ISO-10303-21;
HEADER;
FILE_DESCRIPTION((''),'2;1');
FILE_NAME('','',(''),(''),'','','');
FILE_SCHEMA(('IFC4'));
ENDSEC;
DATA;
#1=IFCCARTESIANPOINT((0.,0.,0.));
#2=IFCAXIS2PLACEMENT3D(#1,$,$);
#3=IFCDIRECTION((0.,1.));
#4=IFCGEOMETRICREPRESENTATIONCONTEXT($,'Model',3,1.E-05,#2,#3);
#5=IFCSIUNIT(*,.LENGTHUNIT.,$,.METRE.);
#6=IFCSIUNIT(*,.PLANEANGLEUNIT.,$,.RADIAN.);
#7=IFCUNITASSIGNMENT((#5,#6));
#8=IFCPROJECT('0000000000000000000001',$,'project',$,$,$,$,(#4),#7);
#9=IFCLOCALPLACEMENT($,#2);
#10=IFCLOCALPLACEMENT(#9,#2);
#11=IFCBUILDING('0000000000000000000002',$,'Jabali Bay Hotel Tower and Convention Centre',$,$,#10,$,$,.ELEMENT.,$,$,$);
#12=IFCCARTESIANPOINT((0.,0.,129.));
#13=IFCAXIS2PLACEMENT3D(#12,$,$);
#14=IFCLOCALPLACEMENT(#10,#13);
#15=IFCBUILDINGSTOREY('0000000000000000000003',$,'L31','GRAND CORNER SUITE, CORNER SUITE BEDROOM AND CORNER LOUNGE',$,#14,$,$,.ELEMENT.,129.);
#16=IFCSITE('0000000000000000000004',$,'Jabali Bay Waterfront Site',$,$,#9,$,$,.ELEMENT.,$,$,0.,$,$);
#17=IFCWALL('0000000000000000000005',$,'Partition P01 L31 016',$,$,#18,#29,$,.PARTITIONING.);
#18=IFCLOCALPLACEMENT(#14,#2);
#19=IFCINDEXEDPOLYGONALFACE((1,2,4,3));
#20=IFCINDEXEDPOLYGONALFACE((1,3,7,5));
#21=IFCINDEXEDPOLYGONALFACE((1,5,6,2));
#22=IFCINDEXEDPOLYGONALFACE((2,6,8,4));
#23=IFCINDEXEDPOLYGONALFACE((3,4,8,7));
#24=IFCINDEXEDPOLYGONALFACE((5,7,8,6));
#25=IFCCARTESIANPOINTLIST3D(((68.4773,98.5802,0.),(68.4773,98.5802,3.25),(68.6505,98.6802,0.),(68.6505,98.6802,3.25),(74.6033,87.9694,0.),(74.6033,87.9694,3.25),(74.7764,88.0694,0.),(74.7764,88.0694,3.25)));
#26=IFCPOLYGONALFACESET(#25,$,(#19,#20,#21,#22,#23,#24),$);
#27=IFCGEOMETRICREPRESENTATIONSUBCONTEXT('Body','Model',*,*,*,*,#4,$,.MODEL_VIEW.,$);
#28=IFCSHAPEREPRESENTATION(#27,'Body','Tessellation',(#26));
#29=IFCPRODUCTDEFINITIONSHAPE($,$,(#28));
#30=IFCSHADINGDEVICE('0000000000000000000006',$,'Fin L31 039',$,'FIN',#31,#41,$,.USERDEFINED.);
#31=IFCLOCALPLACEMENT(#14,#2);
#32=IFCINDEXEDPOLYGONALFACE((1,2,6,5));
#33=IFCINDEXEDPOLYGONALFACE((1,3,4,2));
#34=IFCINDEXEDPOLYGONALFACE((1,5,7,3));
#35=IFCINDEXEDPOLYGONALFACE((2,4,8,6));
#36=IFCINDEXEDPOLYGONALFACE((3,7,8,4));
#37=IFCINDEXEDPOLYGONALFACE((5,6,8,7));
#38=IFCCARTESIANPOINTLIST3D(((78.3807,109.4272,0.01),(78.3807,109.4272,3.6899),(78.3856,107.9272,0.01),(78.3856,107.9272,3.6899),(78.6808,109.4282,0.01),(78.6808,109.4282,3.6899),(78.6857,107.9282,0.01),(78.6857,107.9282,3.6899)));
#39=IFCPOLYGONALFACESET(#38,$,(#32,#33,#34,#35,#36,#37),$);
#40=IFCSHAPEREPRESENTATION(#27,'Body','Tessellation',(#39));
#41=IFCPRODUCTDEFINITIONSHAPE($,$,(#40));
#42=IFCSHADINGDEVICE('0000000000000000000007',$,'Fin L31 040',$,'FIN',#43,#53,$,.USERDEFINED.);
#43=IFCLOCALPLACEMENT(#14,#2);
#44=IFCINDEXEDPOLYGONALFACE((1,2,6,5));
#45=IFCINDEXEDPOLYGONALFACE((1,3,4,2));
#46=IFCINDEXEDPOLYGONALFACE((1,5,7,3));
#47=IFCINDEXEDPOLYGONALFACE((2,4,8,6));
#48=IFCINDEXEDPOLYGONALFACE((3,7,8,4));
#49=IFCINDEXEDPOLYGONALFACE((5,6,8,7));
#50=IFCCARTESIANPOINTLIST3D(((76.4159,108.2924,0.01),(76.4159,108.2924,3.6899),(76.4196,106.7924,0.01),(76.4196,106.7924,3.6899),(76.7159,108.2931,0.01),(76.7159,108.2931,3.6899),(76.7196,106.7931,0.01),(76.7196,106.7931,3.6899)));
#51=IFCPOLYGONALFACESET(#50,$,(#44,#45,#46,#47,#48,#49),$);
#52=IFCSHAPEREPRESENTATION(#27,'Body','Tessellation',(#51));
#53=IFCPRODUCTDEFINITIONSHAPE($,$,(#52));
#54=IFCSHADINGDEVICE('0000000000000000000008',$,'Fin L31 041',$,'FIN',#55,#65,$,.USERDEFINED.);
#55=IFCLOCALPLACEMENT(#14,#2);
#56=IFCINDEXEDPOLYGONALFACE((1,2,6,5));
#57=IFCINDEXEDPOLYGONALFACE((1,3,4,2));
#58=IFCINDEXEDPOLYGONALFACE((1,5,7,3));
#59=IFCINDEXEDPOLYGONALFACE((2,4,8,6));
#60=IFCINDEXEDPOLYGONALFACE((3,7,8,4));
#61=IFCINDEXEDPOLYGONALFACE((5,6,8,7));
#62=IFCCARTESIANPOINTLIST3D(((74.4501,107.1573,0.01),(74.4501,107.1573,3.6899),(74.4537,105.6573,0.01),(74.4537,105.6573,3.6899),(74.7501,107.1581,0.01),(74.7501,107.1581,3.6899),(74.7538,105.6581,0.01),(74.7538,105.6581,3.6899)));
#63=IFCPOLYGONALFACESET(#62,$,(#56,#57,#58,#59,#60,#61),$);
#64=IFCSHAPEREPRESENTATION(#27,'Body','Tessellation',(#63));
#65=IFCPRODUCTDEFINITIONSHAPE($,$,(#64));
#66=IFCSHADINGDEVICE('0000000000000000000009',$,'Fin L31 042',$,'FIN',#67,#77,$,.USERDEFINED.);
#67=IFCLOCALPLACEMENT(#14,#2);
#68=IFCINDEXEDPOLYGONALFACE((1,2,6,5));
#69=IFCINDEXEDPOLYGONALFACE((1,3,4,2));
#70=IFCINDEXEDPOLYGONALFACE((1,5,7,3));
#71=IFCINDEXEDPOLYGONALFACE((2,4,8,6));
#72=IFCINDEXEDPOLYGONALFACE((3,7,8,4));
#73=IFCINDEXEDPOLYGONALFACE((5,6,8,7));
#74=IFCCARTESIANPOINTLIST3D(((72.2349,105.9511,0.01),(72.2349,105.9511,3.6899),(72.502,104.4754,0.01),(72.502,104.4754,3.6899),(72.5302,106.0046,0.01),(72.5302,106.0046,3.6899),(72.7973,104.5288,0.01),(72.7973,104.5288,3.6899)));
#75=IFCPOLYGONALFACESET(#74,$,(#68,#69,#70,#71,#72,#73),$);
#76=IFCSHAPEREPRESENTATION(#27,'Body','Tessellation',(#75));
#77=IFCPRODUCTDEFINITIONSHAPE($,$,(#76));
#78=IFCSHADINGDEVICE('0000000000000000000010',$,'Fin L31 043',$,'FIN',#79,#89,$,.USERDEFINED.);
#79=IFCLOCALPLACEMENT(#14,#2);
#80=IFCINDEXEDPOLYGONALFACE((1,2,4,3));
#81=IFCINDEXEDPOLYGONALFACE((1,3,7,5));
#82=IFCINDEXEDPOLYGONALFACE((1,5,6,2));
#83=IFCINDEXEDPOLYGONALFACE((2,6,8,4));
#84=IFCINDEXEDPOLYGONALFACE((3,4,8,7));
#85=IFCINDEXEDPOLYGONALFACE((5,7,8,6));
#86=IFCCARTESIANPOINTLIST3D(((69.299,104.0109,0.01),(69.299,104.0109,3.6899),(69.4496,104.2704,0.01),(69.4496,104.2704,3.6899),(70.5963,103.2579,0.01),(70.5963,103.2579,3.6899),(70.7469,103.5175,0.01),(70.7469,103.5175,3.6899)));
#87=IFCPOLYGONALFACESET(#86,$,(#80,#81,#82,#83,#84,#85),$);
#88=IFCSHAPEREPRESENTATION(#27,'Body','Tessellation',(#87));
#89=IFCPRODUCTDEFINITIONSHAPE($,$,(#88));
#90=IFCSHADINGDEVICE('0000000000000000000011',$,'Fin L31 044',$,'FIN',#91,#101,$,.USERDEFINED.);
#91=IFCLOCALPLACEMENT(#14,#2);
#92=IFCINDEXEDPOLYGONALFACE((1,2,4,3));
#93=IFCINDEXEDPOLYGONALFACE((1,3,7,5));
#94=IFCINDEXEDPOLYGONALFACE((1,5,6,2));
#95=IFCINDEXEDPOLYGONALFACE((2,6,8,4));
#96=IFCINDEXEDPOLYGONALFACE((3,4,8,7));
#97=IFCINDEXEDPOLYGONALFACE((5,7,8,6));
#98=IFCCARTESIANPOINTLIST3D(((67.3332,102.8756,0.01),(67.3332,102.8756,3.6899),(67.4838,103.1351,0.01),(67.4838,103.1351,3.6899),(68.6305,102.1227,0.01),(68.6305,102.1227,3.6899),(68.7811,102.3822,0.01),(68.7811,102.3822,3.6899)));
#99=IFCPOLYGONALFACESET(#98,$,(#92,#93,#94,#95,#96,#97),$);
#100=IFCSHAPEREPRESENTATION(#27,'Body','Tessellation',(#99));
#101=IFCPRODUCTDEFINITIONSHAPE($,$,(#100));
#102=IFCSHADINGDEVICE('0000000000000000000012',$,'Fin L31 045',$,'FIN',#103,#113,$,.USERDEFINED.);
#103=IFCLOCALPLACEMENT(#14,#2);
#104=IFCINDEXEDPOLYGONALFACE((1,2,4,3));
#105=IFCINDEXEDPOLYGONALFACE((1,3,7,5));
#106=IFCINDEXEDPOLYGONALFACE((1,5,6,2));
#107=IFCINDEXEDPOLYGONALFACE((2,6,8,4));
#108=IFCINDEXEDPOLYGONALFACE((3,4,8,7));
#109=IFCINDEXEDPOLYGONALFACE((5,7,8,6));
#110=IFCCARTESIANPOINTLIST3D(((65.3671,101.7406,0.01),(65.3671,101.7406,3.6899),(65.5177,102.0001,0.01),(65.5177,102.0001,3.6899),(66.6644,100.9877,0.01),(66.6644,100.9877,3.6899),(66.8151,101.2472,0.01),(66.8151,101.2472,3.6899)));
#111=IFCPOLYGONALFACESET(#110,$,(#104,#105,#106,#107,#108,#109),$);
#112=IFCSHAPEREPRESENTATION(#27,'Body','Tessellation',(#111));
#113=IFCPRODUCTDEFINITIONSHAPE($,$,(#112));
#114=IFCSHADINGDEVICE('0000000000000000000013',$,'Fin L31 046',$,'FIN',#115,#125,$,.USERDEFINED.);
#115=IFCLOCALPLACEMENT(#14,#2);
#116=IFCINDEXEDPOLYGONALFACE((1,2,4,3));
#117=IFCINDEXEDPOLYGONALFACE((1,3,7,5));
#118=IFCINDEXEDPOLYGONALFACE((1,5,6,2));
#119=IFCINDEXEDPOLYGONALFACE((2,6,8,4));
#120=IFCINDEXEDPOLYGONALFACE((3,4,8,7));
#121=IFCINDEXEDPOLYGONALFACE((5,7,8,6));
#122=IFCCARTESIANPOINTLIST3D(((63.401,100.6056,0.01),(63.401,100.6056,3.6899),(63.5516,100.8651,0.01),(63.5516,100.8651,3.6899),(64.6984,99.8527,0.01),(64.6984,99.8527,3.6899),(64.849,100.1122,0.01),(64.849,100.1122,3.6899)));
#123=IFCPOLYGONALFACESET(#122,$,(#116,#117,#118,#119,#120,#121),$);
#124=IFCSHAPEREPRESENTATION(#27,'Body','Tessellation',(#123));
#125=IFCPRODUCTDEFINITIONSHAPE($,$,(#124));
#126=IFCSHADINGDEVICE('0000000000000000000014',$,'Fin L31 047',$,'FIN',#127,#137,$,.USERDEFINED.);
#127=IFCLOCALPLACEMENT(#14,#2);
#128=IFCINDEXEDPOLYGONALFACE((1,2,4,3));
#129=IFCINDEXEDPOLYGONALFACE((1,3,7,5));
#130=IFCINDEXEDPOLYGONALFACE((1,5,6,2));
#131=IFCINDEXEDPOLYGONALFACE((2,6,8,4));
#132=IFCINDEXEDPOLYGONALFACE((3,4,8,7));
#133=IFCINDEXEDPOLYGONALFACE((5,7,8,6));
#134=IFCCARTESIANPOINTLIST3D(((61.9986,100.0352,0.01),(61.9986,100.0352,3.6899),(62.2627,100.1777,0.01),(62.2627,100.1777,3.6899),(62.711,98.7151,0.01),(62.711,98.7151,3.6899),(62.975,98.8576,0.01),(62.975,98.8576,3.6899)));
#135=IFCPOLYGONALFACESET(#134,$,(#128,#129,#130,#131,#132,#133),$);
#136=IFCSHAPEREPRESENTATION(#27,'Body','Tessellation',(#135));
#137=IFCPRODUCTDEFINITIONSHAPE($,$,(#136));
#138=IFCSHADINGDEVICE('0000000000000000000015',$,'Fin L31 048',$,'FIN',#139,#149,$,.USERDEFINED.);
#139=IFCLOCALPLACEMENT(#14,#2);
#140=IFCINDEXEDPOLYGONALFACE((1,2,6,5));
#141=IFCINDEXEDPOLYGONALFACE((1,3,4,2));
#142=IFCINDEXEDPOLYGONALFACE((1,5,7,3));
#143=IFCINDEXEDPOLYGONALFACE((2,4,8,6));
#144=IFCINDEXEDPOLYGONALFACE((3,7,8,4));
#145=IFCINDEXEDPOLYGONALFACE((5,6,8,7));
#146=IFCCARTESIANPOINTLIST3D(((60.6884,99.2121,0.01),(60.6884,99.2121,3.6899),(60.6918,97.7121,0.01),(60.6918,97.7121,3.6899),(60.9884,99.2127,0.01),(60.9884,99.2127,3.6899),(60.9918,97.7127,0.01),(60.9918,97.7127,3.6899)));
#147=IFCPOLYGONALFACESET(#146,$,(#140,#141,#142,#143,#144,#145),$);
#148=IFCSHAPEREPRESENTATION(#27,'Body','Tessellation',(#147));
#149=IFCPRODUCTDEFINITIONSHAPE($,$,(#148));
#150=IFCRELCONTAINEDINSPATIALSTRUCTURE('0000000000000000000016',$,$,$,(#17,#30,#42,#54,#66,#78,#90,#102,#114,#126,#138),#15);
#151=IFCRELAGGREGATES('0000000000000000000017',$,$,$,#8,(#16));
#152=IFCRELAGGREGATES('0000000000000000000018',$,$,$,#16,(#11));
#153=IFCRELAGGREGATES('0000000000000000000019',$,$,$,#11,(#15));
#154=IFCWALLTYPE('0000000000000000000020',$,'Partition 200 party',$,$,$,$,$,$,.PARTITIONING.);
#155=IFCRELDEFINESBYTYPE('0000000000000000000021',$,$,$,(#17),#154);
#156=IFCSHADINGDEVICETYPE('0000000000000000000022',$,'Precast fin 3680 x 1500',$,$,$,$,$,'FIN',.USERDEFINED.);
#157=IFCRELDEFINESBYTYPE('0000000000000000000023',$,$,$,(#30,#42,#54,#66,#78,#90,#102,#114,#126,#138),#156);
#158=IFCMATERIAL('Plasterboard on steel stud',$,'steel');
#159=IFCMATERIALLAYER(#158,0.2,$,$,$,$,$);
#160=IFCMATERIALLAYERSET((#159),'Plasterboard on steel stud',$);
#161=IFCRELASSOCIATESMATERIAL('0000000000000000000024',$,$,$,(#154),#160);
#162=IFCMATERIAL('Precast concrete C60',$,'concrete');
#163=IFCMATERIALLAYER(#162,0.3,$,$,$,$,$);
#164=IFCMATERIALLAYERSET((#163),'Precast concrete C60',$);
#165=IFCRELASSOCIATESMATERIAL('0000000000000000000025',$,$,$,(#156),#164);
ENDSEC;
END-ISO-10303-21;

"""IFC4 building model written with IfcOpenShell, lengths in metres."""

from ifc_helpers import new_model, si_unit, direction, frame, frame_2d, origin, place, context, subcontext, project, spatial, rectangle, extrude, material, layer, layer_set, type_object, element, save


model = new_model("IFC4")

# Units and contexts
model_context = context("Model", 3, precision=1e-05, world=origin(), true_north=direction((0.0, 1.0)))
body_context = subcontext(model_context, "Body", "Model", "MODEL_VIEW")
ifc_project = project(units=[si_unit("LENGTHUNIT", "METRE"), si_unit("PLANEANGLEUNIT", "RADIAN")], contexts=[model_context])

# Site, building, storey
site_placement = place(None, origin())
site = spatial("IfcSite", under=ifc_project, at=site_placement, Name="Jabali Bay Waterfront Site", CompositionType="ELEMENT", RefElevation=0.0)
building_placement = place(site_placement, origin())
building = spatial("IfcBuilding", under=site, at=building_placement, Name="Jabali Bay Hotel Tower and Convention Centre", CompositionType="ELEMENT")
storey_placement = place(building_placement, frame((0.0, 0.0, 129.0)))
storey = spatial("IfcBuildingStorey", under=building, at=storey_placement, Name="L31", Description="GRAND CORNER SUITE, CORNER SUITE BEDROOM AND CORNER LOUNGE", CompositionType="ELEMENT", Elevation=129.0)

# Shared definitions
ifc_material_1 = material(Name="Plasterboard on steel stud", Category="steel")

# Wall
ifc_layer_1 = layer(ifc_material_1, 0.2)
ifc_layer_set_1 = layer_set([ifc_layer_1], Name="Plasterboard on steel stud")
wall_type_1 = type_object("IfcWallType", Name="Partition 200 party", PredefinedType="PARTITIONING", material=ifc_layer_set_1)
wall_1_placement = place(storey_placement, frame((68.564, 98.6301, 0.0), z_axis=(0.0, 0.0, 1.0), x_axis=(0.499988, -0.866032, 0.0)))
element("IfcWall", 1, at=wall_1_placement, inside=storey, type_object=wall_type_1, Name="Partition P01 L31 016", PredefinedType="PARTITIONING", context=body_context, shape_type="SweptSolid", body=[
    extrude(rectangle(XDim=12.2522, YDim=0.2, at=frame_2d((6.126, 0.0))), origin(), (0.0, 0.0, 1.0), 3.25),
])

# Shading devices
ifc_material_2 = material(Name="Precast concrete C60", Category="concrete")
ifc_layer_2 = layer(ifc_material_2, 0.3)
ifc_layer_set_2 = layer_set([ifc_layer_2], Name="Precast concrete C60")
shading_device_type = type_object("IfcShadingDeviceType", Name="Precast fin 3680 x 1500", ElementType="FIN", PredefinedType="USERDEFINED", material=ifc_layer_set_2)
for number, where, z_axis, x_axis, name in (
    (2, (78.5356, 107.9277, 0.01), (0.0, 0.0, 1.0), (-0.003255, 0.999995, 0.0), "Fin L31 039"),
    (3, (76.5696, 106.7927, 0.01), (0.0, 0.0, 1.0), (-0.002441, 0.999997, 0.0), "Fin L31 040"),
    (4, (74.6038, 105.6577, 0.01), (0.0, 0.0, 1.0), (-0.002441, 0.999997, 0.0), "Fin L31 041"),
):
    element("IfcShadingDevice", number, at=place(storey_placement, frame(where, z_axis=z_axis, x_axis=x_axis)), inside=storey, type_object=shading_device_type, Name=name, ObjectType="FIN", PredefinedType="USERDEFINED", context=body_context, shape_type="SweptSolid", body=[
        extrude(rectangle(XDim=1.5, YDim=0.3, at=frame_2d((0.75, 0.0))), origin(), (0.0, 0.0, 1.0), 3.6799),
    ])
shading_device_placement = place(storey_placement, frame((72.6497, 104.502, 0.01), z_axis=(0.0, 0.0, 1.0), x_axis=(-0.178083, 0.984015, 0.0)))
element("IfcShadingDevice", 5, at=shading_device_placement, inside=storey, type_object=shading_device_type, Name="Fin L31 042", ObjectType="FIN", PredefinedType="USERDEFINED", context=body_context, shape_type="SweptSolid", body=[
    extrude(rectangle(XDim=1.4998, YDim=0.3, at=frame_2d((0.75, 0.0))), origin(), (0.0, 0.0, 1.0), 3.6799),
])
for number, where, z_axis, x_axis, name in (
    (6, (70.6716, 103.3877, 0.01), (0.0, 0.0, 1.0), (-0.864898, 0.501947, 0.0), "Fin L31 043"),
    (7, (68.7058, 102.2524, 0.01), (0.0, 0.0, 1.0), (-0.864898, 0.501947, 0.0), "Fin L31 044"),
    (8, (66.7397, 101.1174, 0.01), (0.0, 0.0, 1.0), (-0.864898, 0.501947, 0.0), "Fin L31 045"),
    (9, (64.7737, 99.9824, 0.01), (0.0, 0.0, 1.0), (-0.864898, 0.501947, 0.0), "Fin L31 046"),
    (10, (62.843, 98.7864, 0.01), (0.0, 0.0, 1.0), (-0.474925, 0.880026, 0.0), "Fin L31 047"),
    (11, (60.8418, 97.7124, 0.01), (0.0, 0.0, 1.0), (-0.002279, 0.999997, 0.0), "Fin L31 048"),
):
    element("IfcShadingDevice", number, at=place(storey_placement, frame(where, z_axis=z_axis, x_axis=x_axis)), inside=storey, type_object=shading_device_type, Name=name, ObjectType="FIN", PredefinedType="USERDEFINED", context=body_context, shape_type="SweptSolid", body=[
        extrude(rectangle(XDim=1.5, YDim=0.3, at=frame_2d((0.75, 0.0))), origin(), (0.0, 0.0, 1.0), 3.6799),
    ])

save(model, "model.ifc")
